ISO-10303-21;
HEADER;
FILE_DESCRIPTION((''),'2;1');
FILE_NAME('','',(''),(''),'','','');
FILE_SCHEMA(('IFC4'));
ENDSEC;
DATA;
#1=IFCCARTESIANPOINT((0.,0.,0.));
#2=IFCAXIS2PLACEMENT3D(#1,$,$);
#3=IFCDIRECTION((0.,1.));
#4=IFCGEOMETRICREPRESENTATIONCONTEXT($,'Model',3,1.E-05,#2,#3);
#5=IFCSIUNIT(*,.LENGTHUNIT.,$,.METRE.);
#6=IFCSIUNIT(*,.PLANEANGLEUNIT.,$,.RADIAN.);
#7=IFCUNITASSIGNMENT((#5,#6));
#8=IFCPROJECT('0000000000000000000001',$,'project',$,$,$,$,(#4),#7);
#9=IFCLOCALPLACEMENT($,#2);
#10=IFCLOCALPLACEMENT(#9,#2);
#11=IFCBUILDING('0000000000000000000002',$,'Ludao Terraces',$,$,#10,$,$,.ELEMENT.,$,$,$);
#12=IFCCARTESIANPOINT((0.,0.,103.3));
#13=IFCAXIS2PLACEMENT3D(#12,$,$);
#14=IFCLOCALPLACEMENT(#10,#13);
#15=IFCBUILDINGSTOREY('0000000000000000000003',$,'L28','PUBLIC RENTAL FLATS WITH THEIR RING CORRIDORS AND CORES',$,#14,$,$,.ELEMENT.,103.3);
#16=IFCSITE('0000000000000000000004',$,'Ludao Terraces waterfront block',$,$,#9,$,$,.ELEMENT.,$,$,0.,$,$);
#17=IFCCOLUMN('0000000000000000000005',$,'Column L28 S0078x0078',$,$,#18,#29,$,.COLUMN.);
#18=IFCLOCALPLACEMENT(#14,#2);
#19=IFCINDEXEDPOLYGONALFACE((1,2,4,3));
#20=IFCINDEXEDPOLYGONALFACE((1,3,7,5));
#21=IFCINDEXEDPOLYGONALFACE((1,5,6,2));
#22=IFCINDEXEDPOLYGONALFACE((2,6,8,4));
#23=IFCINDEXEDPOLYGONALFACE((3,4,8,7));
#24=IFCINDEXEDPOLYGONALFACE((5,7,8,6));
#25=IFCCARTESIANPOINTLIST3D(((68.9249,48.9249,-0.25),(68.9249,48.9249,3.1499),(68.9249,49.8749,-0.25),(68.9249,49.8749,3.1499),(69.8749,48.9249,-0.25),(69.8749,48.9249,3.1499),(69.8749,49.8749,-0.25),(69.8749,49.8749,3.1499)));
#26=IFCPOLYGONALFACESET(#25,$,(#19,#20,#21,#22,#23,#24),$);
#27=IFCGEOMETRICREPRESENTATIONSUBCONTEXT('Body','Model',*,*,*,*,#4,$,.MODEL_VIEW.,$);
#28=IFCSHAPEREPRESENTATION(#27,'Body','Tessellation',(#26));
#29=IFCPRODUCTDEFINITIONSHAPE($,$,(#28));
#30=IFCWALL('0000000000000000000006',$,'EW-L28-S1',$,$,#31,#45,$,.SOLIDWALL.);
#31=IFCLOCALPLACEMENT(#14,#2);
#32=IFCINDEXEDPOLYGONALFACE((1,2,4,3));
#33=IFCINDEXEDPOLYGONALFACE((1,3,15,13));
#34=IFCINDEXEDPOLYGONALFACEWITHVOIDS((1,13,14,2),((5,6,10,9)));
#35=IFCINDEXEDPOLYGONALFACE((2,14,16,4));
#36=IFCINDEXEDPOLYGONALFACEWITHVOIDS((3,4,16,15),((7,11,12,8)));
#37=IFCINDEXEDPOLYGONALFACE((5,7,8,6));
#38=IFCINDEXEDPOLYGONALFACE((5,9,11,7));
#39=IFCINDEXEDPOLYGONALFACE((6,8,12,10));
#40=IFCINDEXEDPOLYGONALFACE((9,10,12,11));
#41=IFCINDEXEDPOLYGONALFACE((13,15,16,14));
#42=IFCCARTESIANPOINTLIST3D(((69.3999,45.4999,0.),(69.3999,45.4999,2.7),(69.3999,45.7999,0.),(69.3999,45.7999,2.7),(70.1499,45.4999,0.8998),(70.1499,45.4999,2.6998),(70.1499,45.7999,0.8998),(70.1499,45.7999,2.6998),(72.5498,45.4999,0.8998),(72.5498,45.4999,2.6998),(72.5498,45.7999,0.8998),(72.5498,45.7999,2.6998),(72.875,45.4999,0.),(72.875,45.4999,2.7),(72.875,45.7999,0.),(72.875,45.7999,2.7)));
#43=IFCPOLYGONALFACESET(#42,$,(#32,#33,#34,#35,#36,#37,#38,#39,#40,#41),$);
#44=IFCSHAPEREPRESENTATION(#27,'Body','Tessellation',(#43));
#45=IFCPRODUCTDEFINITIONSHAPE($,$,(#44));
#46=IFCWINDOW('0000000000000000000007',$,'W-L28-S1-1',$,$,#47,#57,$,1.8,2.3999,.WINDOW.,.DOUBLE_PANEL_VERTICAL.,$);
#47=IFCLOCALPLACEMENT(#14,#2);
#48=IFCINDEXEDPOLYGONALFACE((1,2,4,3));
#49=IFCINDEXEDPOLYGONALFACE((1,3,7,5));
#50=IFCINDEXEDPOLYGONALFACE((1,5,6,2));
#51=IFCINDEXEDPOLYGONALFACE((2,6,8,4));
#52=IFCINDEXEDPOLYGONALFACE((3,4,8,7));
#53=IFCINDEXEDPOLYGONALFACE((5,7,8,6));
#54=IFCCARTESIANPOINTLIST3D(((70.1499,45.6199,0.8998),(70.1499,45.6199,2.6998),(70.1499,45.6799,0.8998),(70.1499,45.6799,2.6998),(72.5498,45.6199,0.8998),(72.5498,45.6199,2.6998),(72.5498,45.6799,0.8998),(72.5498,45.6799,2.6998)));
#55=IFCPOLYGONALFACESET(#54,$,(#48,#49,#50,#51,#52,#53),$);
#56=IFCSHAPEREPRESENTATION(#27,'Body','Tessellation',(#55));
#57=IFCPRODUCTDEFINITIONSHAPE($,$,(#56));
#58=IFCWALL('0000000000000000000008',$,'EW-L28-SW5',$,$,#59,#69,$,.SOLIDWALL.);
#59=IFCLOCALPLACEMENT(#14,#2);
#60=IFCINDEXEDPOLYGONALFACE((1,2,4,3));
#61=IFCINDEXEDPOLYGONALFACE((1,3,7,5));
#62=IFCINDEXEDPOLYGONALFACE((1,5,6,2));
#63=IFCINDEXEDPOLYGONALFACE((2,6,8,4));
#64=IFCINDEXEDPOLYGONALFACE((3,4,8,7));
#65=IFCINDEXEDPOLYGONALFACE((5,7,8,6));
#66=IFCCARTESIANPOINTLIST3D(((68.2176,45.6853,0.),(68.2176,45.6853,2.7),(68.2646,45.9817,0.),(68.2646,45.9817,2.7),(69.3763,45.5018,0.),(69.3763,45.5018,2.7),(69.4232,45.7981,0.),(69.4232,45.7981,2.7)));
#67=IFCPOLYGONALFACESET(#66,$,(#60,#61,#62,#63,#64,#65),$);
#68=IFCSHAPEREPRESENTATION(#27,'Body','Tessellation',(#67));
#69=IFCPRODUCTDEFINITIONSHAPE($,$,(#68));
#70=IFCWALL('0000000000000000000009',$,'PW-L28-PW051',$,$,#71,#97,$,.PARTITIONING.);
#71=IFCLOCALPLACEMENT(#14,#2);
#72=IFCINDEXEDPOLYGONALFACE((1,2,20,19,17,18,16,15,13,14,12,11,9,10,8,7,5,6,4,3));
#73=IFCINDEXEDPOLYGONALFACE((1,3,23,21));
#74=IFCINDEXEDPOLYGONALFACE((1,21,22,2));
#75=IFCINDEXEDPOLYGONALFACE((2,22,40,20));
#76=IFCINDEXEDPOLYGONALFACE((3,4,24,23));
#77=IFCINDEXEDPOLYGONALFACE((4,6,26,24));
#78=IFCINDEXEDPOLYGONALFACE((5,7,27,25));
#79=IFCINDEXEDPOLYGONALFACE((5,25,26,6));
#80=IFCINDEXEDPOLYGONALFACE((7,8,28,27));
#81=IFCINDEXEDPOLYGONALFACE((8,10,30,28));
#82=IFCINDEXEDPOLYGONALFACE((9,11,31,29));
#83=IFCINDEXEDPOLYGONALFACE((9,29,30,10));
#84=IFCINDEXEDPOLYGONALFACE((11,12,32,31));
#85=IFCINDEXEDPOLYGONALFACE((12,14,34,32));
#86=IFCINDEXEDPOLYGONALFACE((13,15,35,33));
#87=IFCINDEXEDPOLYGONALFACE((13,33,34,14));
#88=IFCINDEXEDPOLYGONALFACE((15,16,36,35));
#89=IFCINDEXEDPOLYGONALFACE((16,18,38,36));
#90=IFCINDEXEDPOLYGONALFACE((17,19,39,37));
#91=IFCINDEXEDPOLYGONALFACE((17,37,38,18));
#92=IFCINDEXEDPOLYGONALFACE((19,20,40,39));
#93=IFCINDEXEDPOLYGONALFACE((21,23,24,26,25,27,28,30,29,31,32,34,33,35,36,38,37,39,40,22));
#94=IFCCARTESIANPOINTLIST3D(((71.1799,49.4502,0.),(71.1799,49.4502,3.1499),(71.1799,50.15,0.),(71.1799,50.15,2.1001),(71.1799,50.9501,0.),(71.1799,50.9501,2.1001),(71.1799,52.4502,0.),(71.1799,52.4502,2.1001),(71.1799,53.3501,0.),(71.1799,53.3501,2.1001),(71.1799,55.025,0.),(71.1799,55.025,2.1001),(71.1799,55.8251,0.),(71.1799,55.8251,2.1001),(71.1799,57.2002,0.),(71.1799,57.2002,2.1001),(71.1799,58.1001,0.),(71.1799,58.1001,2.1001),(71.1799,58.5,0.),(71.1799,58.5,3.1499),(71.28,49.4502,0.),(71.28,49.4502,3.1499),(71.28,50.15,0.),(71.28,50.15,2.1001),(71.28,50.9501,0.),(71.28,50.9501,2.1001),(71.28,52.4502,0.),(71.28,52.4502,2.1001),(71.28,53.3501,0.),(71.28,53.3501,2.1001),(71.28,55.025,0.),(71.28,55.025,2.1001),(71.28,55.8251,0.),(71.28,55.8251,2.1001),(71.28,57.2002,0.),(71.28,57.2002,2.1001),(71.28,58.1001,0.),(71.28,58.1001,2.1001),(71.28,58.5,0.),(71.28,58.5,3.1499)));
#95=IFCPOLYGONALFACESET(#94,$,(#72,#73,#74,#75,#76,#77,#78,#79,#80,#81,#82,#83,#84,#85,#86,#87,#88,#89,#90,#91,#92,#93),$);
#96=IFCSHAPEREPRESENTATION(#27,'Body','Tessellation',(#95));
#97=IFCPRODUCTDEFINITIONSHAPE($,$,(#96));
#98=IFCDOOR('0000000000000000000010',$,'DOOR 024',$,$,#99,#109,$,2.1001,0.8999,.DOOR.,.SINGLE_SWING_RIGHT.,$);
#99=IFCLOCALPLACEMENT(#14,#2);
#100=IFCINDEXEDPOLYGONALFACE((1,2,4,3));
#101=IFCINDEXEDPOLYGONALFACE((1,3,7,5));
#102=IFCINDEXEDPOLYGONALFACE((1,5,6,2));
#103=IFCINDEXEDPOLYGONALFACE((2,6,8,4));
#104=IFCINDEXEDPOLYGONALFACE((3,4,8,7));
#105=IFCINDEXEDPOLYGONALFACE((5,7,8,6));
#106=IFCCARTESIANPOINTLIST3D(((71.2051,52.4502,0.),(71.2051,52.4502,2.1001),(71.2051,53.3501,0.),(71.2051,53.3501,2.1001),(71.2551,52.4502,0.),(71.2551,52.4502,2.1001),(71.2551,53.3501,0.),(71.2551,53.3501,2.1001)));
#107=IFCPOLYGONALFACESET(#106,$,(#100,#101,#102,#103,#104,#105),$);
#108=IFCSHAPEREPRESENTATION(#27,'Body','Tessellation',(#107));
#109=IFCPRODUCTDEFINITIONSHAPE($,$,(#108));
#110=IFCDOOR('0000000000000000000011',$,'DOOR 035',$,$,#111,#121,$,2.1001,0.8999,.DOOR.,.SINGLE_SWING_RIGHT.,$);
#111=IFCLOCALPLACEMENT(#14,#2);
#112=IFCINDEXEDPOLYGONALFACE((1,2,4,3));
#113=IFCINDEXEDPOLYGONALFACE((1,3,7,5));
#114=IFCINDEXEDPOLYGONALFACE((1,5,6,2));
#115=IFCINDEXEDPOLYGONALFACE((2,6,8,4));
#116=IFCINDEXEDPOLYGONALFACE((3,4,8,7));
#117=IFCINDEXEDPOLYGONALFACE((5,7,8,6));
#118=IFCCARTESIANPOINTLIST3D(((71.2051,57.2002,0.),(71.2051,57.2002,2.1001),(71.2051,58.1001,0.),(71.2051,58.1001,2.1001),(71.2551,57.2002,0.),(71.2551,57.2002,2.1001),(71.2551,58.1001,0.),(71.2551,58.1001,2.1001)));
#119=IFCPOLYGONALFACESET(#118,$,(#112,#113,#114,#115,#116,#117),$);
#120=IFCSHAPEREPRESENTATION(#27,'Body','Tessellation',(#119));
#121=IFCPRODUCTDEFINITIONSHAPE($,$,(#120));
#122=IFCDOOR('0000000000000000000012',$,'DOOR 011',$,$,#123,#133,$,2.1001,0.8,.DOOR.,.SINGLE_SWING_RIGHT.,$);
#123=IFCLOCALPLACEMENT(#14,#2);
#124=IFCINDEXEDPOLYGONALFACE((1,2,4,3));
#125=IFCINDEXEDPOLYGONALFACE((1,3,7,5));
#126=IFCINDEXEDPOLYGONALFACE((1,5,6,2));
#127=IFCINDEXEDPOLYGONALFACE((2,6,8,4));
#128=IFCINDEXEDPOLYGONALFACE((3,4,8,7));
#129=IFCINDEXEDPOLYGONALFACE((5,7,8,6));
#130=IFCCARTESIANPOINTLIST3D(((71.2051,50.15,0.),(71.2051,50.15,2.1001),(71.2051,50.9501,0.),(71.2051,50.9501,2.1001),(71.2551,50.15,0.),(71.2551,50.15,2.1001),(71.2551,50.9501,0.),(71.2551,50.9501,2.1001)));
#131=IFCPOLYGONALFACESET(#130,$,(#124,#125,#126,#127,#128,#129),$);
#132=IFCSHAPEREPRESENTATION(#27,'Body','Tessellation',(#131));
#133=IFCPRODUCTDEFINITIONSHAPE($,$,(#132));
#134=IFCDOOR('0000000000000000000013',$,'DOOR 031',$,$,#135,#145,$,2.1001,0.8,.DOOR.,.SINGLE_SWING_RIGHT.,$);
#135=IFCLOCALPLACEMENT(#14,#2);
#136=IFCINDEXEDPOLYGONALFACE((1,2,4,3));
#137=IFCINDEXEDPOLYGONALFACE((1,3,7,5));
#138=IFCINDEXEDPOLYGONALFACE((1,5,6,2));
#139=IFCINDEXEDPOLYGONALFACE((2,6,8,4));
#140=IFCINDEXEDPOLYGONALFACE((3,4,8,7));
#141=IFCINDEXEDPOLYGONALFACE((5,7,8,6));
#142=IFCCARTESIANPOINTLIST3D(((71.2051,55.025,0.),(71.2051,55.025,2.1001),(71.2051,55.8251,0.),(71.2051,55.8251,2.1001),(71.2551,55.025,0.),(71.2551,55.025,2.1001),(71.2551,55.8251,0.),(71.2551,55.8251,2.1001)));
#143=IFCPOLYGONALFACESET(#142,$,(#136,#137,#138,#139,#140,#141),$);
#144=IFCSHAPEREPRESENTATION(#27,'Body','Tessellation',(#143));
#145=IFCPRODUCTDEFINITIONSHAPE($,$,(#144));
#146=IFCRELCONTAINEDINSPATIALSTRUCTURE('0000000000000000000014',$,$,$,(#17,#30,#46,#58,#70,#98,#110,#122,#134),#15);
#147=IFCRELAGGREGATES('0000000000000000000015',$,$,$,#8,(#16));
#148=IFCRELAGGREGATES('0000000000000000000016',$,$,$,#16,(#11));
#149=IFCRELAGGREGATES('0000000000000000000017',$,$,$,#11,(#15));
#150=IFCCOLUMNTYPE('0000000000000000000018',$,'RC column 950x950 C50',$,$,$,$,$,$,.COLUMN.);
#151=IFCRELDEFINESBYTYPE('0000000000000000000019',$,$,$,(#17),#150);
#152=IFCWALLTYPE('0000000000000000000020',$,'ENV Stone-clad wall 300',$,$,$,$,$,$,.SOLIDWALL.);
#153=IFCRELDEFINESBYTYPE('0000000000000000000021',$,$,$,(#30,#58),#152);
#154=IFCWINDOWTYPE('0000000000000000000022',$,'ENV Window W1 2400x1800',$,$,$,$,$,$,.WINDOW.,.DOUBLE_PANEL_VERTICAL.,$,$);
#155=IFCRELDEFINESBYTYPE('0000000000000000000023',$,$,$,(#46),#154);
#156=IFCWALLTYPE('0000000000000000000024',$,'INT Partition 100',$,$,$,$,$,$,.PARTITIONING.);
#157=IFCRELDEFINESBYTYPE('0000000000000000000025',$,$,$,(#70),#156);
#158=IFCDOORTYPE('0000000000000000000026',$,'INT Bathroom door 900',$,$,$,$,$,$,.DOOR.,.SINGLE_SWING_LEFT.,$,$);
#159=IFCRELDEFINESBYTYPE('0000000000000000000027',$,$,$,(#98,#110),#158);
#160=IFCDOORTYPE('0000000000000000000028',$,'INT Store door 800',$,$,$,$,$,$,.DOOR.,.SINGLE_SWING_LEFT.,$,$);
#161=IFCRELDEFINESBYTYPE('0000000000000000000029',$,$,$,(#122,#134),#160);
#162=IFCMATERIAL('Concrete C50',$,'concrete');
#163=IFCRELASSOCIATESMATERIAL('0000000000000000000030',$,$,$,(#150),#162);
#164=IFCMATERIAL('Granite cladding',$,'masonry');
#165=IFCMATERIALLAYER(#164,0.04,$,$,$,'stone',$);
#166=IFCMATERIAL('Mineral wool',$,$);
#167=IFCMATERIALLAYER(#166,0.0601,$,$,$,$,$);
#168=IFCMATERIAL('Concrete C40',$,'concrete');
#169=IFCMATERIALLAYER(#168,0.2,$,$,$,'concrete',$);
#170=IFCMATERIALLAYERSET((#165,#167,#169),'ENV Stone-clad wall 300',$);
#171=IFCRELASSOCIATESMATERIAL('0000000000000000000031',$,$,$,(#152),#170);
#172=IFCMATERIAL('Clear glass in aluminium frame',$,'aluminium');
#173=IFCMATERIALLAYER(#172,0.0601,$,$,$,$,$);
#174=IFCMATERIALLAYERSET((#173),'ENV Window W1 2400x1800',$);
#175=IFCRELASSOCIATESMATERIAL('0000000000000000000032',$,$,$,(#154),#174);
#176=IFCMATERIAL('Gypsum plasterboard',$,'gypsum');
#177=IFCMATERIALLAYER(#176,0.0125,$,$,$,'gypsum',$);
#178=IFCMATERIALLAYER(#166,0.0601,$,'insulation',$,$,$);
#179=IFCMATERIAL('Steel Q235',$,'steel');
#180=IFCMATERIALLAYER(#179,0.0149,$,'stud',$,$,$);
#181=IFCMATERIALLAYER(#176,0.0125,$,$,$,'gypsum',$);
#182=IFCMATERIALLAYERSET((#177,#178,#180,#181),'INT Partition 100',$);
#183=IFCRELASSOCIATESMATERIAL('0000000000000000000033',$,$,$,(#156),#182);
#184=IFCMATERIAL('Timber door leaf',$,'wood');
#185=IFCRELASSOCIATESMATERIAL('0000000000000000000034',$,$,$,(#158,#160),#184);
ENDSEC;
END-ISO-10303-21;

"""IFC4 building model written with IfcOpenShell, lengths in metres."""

from ifc_helpers import new_model, si_unit, direction, frame, frame_2d, origin, origin_2d, place, context, subcontext, project, spatial, rectangle, extrude, material, layer, layer_set, material_profile, profile_set, type_object, element, fill, save


model = new_model("IFC4")

# Units and contexts
model_context = context("Model", 3, precision=1e-05, world=origin(), true_north=direction((0.0, 1.0)))
body_context = subcontext(model_context, "Body", "Model", "MODEL_VIEW")
ifc_project = project(units=[si_unit("LENGTHUNIT", "METRE"), si_unit("PLANEANGLEUNIT", "RADIAN")], contexts=[model_context])

# Site, building, storey
site_placement = place(None, origin())
site = spatial("IfcSite", under=ifc_project, at=site_placement, Name="Ludao Terraces waterfront block", CompositionType="ELEMENT", RefElevation=0.0)
building_placement = place(site_placement, origin())
building = spatial("IfcBuilding", under=site, at=building_placement, Name="Ludao Terraces", CompositionType="ELEMENT")
storey_placement = place(building_placement, frame((0.0, 0.0, 103.3)))
storey = spatial("IfcBuildingStorey", under=building, at=storey_placement, Name="L28", Description="PUBLIC RENTAL FLATS WITH THEIR RING CORRIDORS AND CORES", CompositionType="ELEMENT", Elevation=103.3)

# Column
ifc_material_1 = material(Name="Concrete C50", Category="concrete")
ifc_material_profile = material_profile(ifc_material_1, rectangle(XDim=0.95, YDim=0.95, at=origin_2d()), Name="950 X 950")
ifc_profile_set = profile_set([ifc_material_profile], Name="Concrete C50")
column_type = type_object("IfcColumnType", Name="RC column 950x950 C50", PredefinedType="COLUMN", material=ifc_profile_set)
column_placement = place(storey_placement, frame((69.3999, 49.3999, -0.25), z_axis=(0.0, 0.0, 1.0), x_axis=(1.0, 0.0, 0.0)))
element("IfcColumn", 1, at=column_placement, inside=storey, type_object=column_type, Name="Column L28 S0078x0078", PredefinedType="COLUMN", context=body_context, shape_type="SweptSolid", body=[
    extrude(rectangle(XDim=0.95, YDim=0.95, at=origin_2d()), origin(), (0.0, 0.0, 1.0), 3.3999),
])

# Wall, opening, window
ifc_material_2 = material(Name="Granite cladding", Category="masonry")
ifc_layer_1 = layer(ifc_material_2, 0.04, Category="stone")
ifc_material_3 = material(Name="Mineral wool")
ifc_layer_2 = layer(ifc_material_3, 0.0601)
ifc_material_4 = material(Name="Concrete C40", Category="concrete")
ifc_layer_3 = layer(ifc_material_4, 0.2, Category="concrete")
ifc_layer_set_1 = layer_set([ifc_layer_1, ifc_layer_2, ifc_layer_3], Name="ENV Stone-clad wall 300")
wall_type_1 = type_object("IfcWallType", Name="ENV Stone-clad wall 300", PredefinedType="SOLIDWALL", material=ifc_layer_set_1)
wall_1_placement = place(storey_placement, frame((69.3999, 45.6499, 0.0), z_axis=(0.0, 0.0, 1.0), x_axis=(1.0, 0.0, 0.0)))
wall_1 = element("IfcWall", 2, at=wall_1_placement, inside=storey, type_object=wall_type_1, Name="EW-L28-S1", PredefinedType="SOLIDWALL", context=body_context, shape_type="SweptSolid", body=[
    extrude(rectangle(XDim=3.4751, YDim=0.3, at=frame_2d((1.7375, 0.0))), origin(), (0.0, 0.0, 1.0), 2.7),
])
opening_1_placement = place(wall_1_placement, frame((0.75, 0.0, 0.8999)))
opening_1 = element("IfcOpeningElement", 3, at=opening_1_placement, cuts=wall_1, PredefinedType="OPENING", context=body_context, shape_type="SweptSolid", body=[
    extrude(rectangle(XDim=2.3999, YDim=1.8, at=frame_2d((1.2, 0.8999))), frame((0.0, 0.1602, 0.0), z_axis=(0.0, -1.0, 0.0), x_axis=(1.0, 0.0, 0.0)), (0.0, 0.0, 1.0), 0.3201),
])
ifc_material_5 = material(Name="Clear glass in aluminium frame", Category="aluminium")
ifc_layer_4 = layer(ifc_material_5, 0.0601)
ifc_layer_set_2 = layer_set([ifc_layer_4], Name="ENV Window W1 2400x1800")
window_type = type_object("IfcWindowType", Name="ENV Window W1 2400x1800", PartitioningType="DOUBLE_PANEL_VERTICAL", PredefinedType="WINDOW", material=ifc_layer_set_2)
window_placement = place(opening_1_placement, origin())
window = element("IfcWindow", 4, at=window_placement, inside=storey, type_object=window_type, Name="W-L28-S1-1", OverallHeight=1.8, OverallWidth=2.3999, PartitioningType="DOUBLE_PANEL_VERTICAL", PredefinedType="WINDOW", context=body_context, shape_type="SweptSolid", body=[
    extrude(rectangle(XDim=2.3999, YDim=1.8, at=frame_2d((1.2, 0.8999))), frame((0.0, 0.03, 0.0), z_axis=(0.0, -1.0, 0.0), x_axis=(1.0, 0.0, 0.0)), (0.0, 0.0, 1.0), 0.0601),
])
fill(opening_1, window)

# Wall
wall_2_placement = place(storey_placement, frame((68.2412, 45.8335, 0.0), z_axis=(0.0, 0.0, 1.0), x_axis=(0.987678, -0.156497, 0.0)))
element("IfcWall", 5, at=wall_2_placement, inside=storey, type_object=wall_type_1, Name="EW-L28-SW5", PredefinedType="SOLIDWALL", context=body_context, shape_type="SweptSolid", body=[
    extrude(rectangle(XDim=1.1731, YDim=0.3, at=frame_2d((0.5864, 0.0))), origin(), (0.0, 0.0, 1.0), 2.7),
])

# Wall, openings, doors
ifc_material_6 = material(Name="Gypsum plasterboard", Category="gypsum")
ifc_layer_5 = layer(ifc_material_6, 0.0125, Category="gypsum")
ifc_layer_6 = layer(ifc_material_3, 0.0601, Name="insulation")
ifc_material_7 = material(Name="Steel Q235", Category="steel")
ifc_layer_7 = layer(ifc_material_7, 0.0149, Name="stud")
ifc_layer_8 = layer(ifc_material_6, 0.0125, Category="gypsum")
ifc_layer_set_3 = layer_set([ifc_layer_5, ifc_layer_6, ifc_layer_7, ifc_layer_8], Name="INT Partition 100")
wall_type_2 = type_object("IfcWallType", Name="INT Partition 100", PredefinedType="PARTITIONING", material=ifc_layer_set_3)
ifc_material_8 = material(Name="Timber door leaf", Category="wood")
wall_3_placement = place(storey_placement, frame((71.23, 49.4502, 0.0), z_axis=(0.0, 0.0, 1.0), x_axis=(0.0, 1.0, 0.0)))
wall_3 = element("IfcWall", 6, at=wall_3_placement, inside=storey, type_object=wall_type_2, Name="PW-L28-PW051", PredefinedType="PARTITIONING", context=body_context, shape_type="SweptSolid", body=[
    extrude(rectangle(XDim=9.0498, YDim=0.1001, at=frame_2d((4.5249, 0.0))), origin(), (0.0, 0.0, 1.0), 3.1499),
])
opening_2_placement = place(wall_3_placement, frame((0.7, 0.0, 0.0)))
opening_2 = element("IfcOpeningElement", 7, at=opening_2_placement, cuts=wall_3, PredefinedType="OPENING", context=body_context, shape_type="SweptSolid", body=[
    extrude(rectangle(XDim=0.8, YDim=2.1001, at=frame_2d((0.3999, 1.05))), frame((0.0, 0.0601, 0.0), z_axis=(0.0, -1.0, 0.0), x_axis=(1.0, 0.0, 0.0)), (0.0, 0.0, 1.0), 0.1201),
])
opening_3_placement = place(wall_3_placement, frame((3.0, 0.0, 0.0)))
opening_3 = element("IfcOpeningElement", 8, at=opening_3_placement, cuts=wall_3, PredefinedType="OPENING", context=body_context, shape_type="SweptSolid", body=[
    extrude(rectangle(XDim=0.8999, YDim=2.1001, at=frame_2d((0.45, 1.05))), frame((0.0, 0.0601, 0.0), z_axis=(0.0, -1.0, 0.0), x_axis=(1.0, 0.0, 0.0)), (0.0, 0.0, 1.0), 0.1201),
])
opening_4_placement = place(wall_3_placement, frame((5.575, 0.0, 0.0)))
opening_4 = element("IfcOpeningElement", 9, at=opening_4_placement, cuts=wall_3, PredefinedType="OPENING", context=body_context, shape_type="SweptSolid", body=[
    extrude(rectangle(XDim=0.8, YDim=2.1001, at=frame_2d((0.3999, 1.05))), frame((0.0, 0.0601, 0.0), z_axis=(0.0, -1.0, 0.0), x_axis=(1.0, 0.0, 0.0)), (0.0, 0.0, 1.0), 0.1201),
])
opening_5_placement = place(wall_3_placement, frame((7.75, 0.0, 0.0)))
opening_5 = element("IfcOpeningElement", 10, at=opening_5_placement, cuts=wall_3, PredefinedType="OPENING", context=body_context, shape_type="SweptSolid", body=[
    extrude(rectangle(XDim=0.8999, YDim=2.1001, at=frame_2d((0.45, 1.05))), frame((0.0, 0.0601, 0.0), z_axis=(0.0, -1.0, 0.0), x_axis=(1.0, 0.0, 0.0)), (0.0, 0.0, 1.0), 0.1201),
])
door_type_1 = type_object("IfcDoorType", Name="INT Bathroom door 900", OperationType="SINGLE_SWING_LEFT", PredefinedType="DOOR", material=ifc_material_8)
door_1_placement = place(opening_3_placement, origin())
door_1 = element("IfcDoor", 11, at=door_1_placement, inside=storey, type_object=door_type_1, Name="DOOR 024", OperationType="SINGLE_SWING_RIGHT", OverallHeight=2.1001, OverallWidth=0.8999, PredefinedType="DOOR", context=body_context, shape_type="SweptSolid", body=[
    extrude(rectangle(XDim=0.8999, YDim=2.1001, at=frame_2d((0.45, 1.05))), frame((0.0, 0.0249, 0.0), z_axis=(0.0, -1.0, 0.0), x_axis=(1.0, 0.0, 0.0)), (0.0, 0.0, 1.0), 0.05),
])
fill(opening_3, door_1)
door_2_placement = place(opening_5_placement, origin())
door_2 = element("IfcDoor", 12, at=door_2_placement, inside=storey, type_object=door_type_1, Name="DOOR 035", OperationType="SINGLE_SWING_RIGHT", OverallHeight=2.1001, OverallWidth=0.8999, PredefinedType="DOOR", context=body_context, shape_type="SweptSolid", body=[
    extrude(rectangle(XDim=0.8999, YDim=2.1001, at=frame_2d((0.45, 1.05))), frame((0.0, 0.0249, 0.0), z_axis=(0.0, -1.0, 0.0), x_axis=(1.0, 0.0, 0.0)), (0.0, 0.0, 1.0), 0.05),
])
fill(opening_5, door_2)
door_type_2 = type_object("IfcDoorType", Name="INT Store door 800", OperationType="SINGLE_SWING_LEFT", PredefinedType="DOOR", material=ifc_material_8)
door_3_placement = place(opening_2_placement, origin())
door_3 = element("IfcDoor", 13, at=door_3_placement, inside=storey, type_object=door_type_2, Name="DOOR 011", OperationType="SINGLE_SWING_RIGHT", OverallHeight=2.1001, OverallWidth=0.8, PredefinedType="DOOR", context=body_context, shape_type="SweptSolid", body=[
    extrude(rectangle(XDim=0.8, YDim=2.1001, at=frame_2d((0.3999, 1.05))), frame((0.0, 0.0249, 0.0), z_axis=(0.0, -1.0, 0.0), x_axis=(1.0, 0.0, 0.0)), (0.0, 0.0, 1.0), 0.05),
])
fill(opening_2, door_3)
door_4_placement = place(opening_4_placement, origin())
door_4 = element("IfcDoor", 14, at=door_4_placement, inside=storey, type_object=door_type_2, Name="DOOR 031", OperationType="SINGLE_SWING_RIGHT", OverallHeight=2.1001, OverallWidth=0.8, PredefinedType="DOOR", context=body_context, shape_type="SweptSolid", body=[
    extrude(rectangle(XDim=0.8, YDim=2.1001, at=frame_2d((0.3999, 1.05))), frame((0.0, 0.0249, 0.0), z_axis=(0.0, -1.0, 0.0), x_axis=(1.0, 0.0, 0.0)), (0.0, 0.0, 1.0), 0.05),
])
fill(opening_4, door_4)

save(model, "model.ifc")
